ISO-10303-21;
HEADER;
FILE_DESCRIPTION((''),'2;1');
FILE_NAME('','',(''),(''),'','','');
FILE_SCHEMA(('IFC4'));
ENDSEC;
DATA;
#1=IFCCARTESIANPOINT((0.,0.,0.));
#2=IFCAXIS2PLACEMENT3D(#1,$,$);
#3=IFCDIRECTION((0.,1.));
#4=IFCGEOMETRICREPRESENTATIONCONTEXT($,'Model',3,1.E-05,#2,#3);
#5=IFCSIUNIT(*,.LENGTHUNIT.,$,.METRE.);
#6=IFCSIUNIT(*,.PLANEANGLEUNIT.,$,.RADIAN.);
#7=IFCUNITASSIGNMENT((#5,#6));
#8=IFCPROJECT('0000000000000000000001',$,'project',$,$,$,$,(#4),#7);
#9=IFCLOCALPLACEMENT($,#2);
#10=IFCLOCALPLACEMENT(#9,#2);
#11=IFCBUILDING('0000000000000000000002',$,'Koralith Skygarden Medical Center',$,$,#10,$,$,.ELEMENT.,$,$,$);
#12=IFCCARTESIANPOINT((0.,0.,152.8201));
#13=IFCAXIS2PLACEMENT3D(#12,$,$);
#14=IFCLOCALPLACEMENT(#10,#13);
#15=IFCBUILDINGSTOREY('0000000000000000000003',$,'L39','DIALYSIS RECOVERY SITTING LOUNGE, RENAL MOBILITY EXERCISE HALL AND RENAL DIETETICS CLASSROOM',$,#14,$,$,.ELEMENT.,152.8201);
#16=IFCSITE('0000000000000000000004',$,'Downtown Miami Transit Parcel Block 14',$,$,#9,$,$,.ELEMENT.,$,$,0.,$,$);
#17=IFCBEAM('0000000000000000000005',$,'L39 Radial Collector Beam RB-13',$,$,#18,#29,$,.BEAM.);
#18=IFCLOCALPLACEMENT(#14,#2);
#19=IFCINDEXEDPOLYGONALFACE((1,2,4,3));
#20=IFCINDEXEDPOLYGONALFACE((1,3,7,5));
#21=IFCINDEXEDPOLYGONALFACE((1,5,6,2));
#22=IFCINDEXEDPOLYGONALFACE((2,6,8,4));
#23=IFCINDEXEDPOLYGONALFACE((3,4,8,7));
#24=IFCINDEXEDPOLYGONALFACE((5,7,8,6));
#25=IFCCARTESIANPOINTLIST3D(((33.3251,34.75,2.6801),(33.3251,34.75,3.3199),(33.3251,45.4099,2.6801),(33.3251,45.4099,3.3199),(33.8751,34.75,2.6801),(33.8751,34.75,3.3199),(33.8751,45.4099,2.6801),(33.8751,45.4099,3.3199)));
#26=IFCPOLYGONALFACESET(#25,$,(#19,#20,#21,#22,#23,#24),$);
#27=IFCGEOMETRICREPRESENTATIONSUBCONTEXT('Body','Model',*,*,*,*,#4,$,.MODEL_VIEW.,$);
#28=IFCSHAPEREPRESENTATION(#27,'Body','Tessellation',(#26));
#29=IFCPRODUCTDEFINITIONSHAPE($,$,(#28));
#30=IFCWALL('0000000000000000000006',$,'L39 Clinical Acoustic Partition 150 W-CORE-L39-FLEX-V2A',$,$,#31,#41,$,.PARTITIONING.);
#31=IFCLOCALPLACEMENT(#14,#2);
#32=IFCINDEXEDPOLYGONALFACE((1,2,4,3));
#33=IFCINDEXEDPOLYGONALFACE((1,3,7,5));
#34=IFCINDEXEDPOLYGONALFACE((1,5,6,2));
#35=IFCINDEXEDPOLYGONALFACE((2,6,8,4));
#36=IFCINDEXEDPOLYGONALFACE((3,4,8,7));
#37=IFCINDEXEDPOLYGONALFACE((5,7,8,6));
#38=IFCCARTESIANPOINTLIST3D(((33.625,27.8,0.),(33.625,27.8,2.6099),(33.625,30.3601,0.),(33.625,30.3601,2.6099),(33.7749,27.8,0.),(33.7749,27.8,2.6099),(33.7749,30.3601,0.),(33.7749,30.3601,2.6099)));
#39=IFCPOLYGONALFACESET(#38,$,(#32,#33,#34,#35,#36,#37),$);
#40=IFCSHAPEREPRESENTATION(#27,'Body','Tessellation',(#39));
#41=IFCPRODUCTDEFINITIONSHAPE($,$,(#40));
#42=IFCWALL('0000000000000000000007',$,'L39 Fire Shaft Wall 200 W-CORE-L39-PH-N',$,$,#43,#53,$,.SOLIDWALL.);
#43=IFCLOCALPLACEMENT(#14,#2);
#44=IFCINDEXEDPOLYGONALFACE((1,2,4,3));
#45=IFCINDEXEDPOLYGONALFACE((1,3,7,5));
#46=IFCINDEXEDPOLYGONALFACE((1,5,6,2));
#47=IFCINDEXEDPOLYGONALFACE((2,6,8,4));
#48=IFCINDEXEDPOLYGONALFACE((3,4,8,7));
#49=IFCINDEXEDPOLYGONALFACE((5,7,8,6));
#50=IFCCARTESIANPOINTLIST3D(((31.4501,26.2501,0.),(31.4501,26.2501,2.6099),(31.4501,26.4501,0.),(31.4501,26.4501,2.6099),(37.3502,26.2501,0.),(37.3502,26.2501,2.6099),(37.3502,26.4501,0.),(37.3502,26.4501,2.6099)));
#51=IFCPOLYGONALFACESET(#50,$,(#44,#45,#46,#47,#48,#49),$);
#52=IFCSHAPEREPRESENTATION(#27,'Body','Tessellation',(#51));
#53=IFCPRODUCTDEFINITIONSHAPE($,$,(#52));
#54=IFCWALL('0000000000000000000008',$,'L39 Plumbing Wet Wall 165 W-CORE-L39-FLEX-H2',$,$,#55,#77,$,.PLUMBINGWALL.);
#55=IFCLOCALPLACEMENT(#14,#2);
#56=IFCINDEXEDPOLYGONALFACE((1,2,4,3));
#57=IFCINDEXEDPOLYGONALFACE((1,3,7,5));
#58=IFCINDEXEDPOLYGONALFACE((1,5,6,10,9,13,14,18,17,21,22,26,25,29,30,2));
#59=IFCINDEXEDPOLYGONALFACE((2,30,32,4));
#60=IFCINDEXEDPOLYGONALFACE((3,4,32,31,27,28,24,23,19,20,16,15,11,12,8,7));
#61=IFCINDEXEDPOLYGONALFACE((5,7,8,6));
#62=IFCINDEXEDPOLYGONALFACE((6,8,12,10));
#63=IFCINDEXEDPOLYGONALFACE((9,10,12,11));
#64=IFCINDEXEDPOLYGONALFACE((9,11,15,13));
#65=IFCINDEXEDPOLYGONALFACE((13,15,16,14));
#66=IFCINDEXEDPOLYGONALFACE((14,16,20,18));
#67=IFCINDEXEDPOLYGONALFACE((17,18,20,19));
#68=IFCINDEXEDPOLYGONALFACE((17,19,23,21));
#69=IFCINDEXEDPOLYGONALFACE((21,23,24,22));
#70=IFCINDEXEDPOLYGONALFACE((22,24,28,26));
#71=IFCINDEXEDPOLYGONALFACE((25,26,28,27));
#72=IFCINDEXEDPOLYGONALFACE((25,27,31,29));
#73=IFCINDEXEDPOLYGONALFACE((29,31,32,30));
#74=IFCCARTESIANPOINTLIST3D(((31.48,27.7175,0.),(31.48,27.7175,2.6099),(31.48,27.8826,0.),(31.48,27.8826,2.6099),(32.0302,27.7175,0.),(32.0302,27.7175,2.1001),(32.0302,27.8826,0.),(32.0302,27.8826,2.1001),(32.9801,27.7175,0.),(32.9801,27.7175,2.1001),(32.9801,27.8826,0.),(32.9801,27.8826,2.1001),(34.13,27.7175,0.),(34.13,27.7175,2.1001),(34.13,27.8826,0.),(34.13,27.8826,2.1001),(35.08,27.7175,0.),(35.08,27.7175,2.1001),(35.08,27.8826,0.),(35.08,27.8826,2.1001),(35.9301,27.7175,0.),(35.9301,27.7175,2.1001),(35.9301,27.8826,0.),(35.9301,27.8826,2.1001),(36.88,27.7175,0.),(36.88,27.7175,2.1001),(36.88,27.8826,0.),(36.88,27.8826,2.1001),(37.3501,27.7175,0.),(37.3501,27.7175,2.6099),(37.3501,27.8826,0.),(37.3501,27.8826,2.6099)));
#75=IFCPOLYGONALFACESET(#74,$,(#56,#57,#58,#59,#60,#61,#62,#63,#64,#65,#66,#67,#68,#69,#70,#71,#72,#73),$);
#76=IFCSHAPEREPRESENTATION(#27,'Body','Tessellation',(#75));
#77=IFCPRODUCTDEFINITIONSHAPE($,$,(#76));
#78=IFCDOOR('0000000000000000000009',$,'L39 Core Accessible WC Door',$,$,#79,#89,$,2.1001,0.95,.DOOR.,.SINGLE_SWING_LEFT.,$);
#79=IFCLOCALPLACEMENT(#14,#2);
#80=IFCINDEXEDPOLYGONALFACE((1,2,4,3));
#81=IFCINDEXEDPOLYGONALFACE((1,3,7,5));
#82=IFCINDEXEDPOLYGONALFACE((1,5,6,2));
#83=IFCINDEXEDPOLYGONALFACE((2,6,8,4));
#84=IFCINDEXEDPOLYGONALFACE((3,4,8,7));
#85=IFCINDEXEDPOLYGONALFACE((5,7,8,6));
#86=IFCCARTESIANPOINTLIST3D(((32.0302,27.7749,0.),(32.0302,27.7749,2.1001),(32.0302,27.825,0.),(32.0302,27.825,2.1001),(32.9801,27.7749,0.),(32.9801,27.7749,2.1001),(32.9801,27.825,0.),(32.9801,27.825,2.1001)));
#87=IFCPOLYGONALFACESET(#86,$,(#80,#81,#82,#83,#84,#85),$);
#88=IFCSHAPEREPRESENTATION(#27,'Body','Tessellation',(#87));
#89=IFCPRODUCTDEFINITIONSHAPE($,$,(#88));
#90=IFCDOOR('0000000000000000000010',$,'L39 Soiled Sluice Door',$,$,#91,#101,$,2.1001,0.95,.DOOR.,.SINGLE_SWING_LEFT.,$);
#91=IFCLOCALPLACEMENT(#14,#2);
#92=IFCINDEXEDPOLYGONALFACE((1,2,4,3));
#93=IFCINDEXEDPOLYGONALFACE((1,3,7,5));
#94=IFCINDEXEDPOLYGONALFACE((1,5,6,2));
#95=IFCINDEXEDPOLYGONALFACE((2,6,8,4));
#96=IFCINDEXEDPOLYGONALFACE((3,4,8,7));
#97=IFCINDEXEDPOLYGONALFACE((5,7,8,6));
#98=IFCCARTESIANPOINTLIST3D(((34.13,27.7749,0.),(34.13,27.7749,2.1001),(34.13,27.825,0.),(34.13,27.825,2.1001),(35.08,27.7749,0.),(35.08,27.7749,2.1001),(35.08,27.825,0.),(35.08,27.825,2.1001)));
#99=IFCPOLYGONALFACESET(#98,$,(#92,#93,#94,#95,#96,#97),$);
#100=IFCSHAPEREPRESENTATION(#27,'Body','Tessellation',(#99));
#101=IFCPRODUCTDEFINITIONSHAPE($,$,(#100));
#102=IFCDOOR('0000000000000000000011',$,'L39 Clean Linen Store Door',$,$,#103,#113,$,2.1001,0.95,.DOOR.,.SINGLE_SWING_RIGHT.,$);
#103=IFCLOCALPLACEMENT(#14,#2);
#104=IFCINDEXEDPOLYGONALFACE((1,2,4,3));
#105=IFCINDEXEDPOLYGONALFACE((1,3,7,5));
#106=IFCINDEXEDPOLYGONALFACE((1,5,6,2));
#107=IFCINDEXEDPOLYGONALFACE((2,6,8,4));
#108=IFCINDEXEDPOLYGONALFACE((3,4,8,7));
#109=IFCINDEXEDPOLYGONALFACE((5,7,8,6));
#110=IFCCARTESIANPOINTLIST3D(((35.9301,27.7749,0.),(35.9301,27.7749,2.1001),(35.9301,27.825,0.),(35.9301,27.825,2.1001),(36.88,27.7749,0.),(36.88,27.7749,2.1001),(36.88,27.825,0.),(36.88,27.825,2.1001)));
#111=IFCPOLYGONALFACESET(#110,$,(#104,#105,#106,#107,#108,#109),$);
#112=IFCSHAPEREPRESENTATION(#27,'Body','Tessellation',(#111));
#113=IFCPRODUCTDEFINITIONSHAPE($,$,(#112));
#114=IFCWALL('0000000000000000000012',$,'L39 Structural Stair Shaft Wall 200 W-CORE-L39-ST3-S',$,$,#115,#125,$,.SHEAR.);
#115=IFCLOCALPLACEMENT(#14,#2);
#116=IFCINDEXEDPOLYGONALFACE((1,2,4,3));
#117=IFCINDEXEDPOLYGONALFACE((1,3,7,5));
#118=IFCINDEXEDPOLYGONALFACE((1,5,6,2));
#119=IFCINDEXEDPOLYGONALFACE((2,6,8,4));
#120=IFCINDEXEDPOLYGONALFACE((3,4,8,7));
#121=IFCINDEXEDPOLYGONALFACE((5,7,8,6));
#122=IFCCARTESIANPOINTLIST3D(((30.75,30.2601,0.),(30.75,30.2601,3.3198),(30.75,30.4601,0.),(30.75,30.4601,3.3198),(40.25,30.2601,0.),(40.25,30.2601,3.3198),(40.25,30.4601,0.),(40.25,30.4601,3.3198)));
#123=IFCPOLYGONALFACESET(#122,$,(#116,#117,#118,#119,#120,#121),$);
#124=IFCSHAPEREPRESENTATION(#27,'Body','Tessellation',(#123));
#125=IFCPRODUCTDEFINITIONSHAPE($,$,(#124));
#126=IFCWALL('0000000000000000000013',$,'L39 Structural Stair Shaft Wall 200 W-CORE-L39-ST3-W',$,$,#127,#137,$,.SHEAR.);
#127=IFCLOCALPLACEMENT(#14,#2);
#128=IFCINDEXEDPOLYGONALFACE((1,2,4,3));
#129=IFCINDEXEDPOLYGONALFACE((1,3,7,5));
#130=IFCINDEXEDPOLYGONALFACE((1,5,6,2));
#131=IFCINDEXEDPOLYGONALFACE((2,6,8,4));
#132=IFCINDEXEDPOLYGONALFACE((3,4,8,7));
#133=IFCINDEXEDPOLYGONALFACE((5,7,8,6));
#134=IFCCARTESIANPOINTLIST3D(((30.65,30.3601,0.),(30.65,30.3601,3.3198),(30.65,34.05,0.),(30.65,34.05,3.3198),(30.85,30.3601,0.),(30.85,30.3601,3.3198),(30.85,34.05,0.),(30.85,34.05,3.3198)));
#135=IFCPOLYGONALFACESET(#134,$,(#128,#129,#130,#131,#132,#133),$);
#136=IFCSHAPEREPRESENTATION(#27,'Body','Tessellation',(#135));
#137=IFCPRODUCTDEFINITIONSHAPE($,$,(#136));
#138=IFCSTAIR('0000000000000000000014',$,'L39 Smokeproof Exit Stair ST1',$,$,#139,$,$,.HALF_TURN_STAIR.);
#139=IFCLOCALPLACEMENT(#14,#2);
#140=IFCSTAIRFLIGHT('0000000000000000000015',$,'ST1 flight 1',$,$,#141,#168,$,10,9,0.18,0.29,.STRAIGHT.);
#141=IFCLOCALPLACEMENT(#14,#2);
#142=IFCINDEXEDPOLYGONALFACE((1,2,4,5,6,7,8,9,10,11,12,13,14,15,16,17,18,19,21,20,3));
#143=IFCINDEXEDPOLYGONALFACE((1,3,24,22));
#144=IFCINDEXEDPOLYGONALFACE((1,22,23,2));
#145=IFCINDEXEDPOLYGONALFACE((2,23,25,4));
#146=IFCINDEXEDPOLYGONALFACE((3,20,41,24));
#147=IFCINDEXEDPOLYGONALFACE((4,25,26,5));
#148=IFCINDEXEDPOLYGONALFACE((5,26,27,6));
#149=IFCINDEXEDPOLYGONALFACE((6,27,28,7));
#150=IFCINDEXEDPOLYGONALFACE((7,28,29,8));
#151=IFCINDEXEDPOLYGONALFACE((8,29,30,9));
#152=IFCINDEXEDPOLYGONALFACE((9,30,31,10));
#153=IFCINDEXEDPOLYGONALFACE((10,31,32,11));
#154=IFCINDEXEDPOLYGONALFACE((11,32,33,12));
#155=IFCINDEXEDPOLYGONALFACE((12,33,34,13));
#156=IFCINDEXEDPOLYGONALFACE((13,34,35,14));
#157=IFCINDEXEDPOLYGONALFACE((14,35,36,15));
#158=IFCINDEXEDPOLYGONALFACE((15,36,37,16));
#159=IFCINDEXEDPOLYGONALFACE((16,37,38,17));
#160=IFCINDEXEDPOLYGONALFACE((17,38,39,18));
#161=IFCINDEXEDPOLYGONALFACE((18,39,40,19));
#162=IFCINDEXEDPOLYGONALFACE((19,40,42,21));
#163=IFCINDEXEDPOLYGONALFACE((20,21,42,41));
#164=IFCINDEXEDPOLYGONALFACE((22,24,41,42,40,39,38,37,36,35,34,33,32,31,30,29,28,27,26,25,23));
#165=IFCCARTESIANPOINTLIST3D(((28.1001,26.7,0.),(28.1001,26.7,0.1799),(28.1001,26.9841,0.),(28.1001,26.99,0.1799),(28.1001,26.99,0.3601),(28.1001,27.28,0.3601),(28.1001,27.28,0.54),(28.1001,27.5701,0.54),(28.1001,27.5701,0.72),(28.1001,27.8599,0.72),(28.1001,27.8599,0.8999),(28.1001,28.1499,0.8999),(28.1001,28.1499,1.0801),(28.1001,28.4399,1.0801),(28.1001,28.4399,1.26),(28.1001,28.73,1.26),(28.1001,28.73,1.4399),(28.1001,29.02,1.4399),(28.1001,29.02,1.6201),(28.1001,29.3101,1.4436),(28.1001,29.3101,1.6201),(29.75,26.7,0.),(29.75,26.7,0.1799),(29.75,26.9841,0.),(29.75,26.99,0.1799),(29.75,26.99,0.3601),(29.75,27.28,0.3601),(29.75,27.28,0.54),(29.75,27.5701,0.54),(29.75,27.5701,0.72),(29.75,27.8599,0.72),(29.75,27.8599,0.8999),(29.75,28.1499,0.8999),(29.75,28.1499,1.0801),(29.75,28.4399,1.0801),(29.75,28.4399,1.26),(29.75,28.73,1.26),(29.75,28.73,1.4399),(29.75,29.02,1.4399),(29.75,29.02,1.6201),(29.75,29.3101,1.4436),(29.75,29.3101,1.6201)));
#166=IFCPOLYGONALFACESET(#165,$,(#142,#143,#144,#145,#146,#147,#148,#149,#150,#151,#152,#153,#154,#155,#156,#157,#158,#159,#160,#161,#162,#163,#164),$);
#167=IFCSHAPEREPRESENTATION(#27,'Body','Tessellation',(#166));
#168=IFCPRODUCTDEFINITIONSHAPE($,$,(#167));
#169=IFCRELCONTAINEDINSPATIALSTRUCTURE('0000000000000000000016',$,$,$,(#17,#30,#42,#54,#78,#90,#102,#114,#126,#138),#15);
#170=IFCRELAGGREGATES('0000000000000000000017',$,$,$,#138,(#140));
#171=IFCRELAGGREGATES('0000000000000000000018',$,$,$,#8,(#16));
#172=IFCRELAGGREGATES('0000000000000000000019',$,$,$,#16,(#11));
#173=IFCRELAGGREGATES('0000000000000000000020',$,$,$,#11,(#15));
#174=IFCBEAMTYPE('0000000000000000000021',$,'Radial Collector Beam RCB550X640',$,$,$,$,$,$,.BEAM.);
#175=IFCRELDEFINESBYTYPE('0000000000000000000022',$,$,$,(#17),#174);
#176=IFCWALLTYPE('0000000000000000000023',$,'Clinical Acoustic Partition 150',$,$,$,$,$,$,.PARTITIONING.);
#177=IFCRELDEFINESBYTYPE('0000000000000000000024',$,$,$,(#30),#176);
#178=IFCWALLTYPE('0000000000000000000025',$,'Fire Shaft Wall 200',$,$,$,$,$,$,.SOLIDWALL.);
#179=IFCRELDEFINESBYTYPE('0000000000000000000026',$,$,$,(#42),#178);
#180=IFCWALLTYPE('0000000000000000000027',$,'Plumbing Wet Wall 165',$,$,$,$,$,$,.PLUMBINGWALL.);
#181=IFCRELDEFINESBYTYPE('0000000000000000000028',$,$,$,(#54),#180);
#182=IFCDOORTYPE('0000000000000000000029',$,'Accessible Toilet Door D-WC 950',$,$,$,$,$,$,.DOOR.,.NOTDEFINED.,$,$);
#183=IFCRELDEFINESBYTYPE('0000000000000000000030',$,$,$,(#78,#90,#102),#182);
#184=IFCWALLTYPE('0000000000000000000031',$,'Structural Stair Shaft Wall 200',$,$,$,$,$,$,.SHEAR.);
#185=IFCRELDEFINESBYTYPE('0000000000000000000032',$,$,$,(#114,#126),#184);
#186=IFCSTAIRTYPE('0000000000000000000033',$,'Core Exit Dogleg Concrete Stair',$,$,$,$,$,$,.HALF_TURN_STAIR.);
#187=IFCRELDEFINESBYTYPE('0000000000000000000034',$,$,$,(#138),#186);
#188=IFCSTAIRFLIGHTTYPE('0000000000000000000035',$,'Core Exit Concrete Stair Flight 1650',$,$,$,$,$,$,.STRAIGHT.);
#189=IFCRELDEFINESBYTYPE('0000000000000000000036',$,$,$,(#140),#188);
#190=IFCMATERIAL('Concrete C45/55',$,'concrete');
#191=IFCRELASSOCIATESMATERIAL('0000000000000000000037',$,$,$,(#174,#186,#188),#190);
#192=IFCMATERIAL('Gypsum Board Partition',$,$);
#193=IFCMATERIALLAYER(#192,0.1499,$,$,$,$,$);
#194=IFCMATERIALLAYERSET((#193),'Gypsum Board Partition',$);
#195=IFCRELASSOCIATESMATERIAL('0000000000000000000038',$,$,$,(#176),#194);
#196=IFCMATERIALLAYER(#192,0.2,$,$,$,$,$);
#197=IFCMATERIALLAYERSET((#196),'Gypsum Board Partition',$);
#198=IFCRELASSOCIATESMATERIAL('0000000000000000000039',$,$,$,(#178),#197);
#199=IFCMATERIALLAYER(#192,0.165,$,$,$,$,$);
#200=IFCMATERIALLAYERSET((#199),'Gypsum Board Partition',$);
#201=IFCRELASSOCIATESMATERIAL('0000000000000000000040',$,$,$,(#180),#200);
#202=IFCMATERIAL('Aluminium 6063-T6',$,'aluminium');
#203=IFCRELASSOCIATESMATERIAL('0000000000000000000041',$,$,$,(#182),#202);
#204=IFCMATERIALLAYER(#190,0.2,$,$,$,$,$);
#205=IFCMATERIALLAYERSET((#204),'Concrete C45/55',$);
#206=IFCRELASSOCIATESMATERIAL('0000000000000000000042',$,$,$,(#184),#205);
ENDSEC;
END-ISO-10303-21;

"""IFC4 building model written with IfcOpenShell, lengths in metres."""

from ifc_helpers import new_model, si_unit, direction, frame, frame_2d, origin, origin_2d, place, context, subcontext, project, spatial, polyline, rectangle, outline, extrude, material, layer, layer_set, material_profile, profile_set, type_object, element, fill, aggregate, save


model = new_model("IFC4")

# Units and contexts
model_context = context("Model", 3, precision=1e-05, world=origin(), true_north=direction((0.0, 1.0)))
body_context = subcontext(model_context, "Body", "Model", "MODEL_VIEW")
ifc_project = project(units=[si_unit("LENGTHUNIT", "METRE"), si_unit("PLANEANGLEUNIT", "RADIAN")], contexts=[model_context])

# Site, building, storey
site_placement = place(None, origin())
site = spatial("IfcSite", under=ifc_project, at=site_placement, Name="Downtown Miami Transit Parcel Block 14", CompositionType="ELEMENT", RefElevation=0.0)
building_placement = place(site_placement, origin())
building = spatial("IfcBuilding", under=site, at=building_placement, Name="Koralith Skygarden Medical Center", CompositionType="ELEMENT")
storey_placement = place(building_placement, frame((0.0, 0.0, 152.8201)))
storey = spatial("IfcBuildingStorey", under=building, at=storey_placement, Name="L39", Description="DIALYSIS RECOVERY SITTING LOUNGE, RENAL MOBILITY EXERCISE HALL AND RENAL DIETETICS CLASSROOM", CompositionType="ELEMENT", Elevation=152.8201)

# Beam
ifc_material_1 = material(Name="Concrete C45/55", Category="concrete")
ifc_material_profile = material_profile(ifc_material_1, rectangle(XDim=0.55, YDim=0.6399, at=origin_2d()), Name="RCB550X640")
ifc_profile_set = profile_set([ifc_material_profile], Name="Concrete C45/55")
beam_type = type_object("IfcBeamType", Name="Radial Collector Beam RCB550X640", PredefinedType="BEAM", material=ifc_profile_set)
beam_placement = place(storey_placement, frame((33.6001, 34.75, 3.0), z_axis=(0.0, 1.0, 0.0), x_axis=(-1.0, 0.0, 0.0)))
element("IfcBeam", 1, at=beam_placement, inside=storey, type_object=beam_type, Name="L39 Radial Collector Beam RB-13", PredefinedType="BEAM", context=body_context, shape_type="SweptSolid", body=[
    extrude(rectangle(XDim=0.55, YDim=0.6399, at=origin_2d()), origin(), (0.0, 0.0, 1.0), 10.6599),
])

# Walls
ifc_material_2 = material(Name="Gypsum Board Partition")
ifc_layer_1 = layer(ifc_material_2, 0.1499)
ifc_layer_set_1 = layer_set([ifc_layer_1], Name="Gypsum Board Partition")
wall_type_1 = type_object("IfcWallType", Name="Clinical Acoustic Partition 150", PredefinedType="PARTITIONING", material=ifc_layer_set_1)
wall_1_placement = place(storey_placement, frame((33.7, 27.8, 0.0), z_axis=(0.0, 0.0, 1.0), x_axis=(0.0, 1.0, 0.0)))
element("IfcWall", 2, at=wall_1_placement, inside=storey, type_object=wall_type_1, Name="L39 Clinical Acoustic Partition 150 W-CORE-L39-FLEX-V2A", PredefinedType="PARTITIONING", context=body_context, shape_type="SweptSolid", body=[
    extrude(rectangle(XDim=2.5601, YDim=0.1499, at=frame_2d((1.28, 0.0))), origin(), (0.0, 0.0, 1.0), 2.6099),
])
ifc_layer_2 = layer(ifc_material_2, 0.2)
ifc_layer_set_2 = layer_set([ifc_layer_2], Name="Gypsum Board Partition")
wall_type_2 = type_object("IfcWallType", Name="Fire Shaft Wall 200", PredefinedType="SOLIDWALL", material=ifc_layer_set_2)
wall_2_placement = place(storey_placement, frame((31.45, 26.3501, 0.0), z_axis=(0.0, 0.0, 1.0), x_axis=(1.0, 0.0, 0.0)))
element("IfcWall", 3, at=wall_2_placement, inside=storey, type_object=wall_type_2, Name="L39 Fire Shaft Wall 200 W-CORE-L39-PH-N", PredefinedType="SOLIDWALL", context=body_context, shape_type="SweptSolid", body=[
    extrude(rectangle(XDim=5.9001, YDim=0.2, at=frame_2d((2.9502, 0.0))), origin(), (0.0, 0.0, 1.0), 2.6099),
])

# Shared definitions
ifc_layer_3 = layer(ifc_material_2, 0.165)
ifc_layer_set_3 = layer_set([ifc_layer_3], Name="Gypsum Board Partition")
wall_type_3 = type_object("IfcWallType", Name="Plumbing Wet Wall 165", PredefinedType="PLUMBINGWALL", material=ifc_layer_set_3)
ifc_material_3 = material(Name="Aluminium 6063-T6", Category="aluminium")

# Wall, openings, doors
wall_3_placement = place(storey_placement, frame((31.48, 27.8, 0.0), z_axis=(0.0, 0.0, 1.0), x_axis=(1.0, 0.0, 0.0)))
wall_3 = element("IfcWall", 4, at=wall_3_placement, inside=storey, type_object=wall_type_3, Name="L39 Plumbing Wet Wall 165 W-CORE-L39-FLEX-H2", PredefinedType="PLUMBINGWALL", context=body_context, shape_type="SweptSolid", body=[
    extrude(rectangle(XDim=5.8701, YDim=0.165, at=frame_2d((2.9351, 0.0))), origin(), (0.0, 0.0, 1.0), 2.6099),
])
opening_1_placement = place(wall_3_placement, frame((0.55, 0.0, 0.0)))
opening_1 = element("IfcOpeningElement", 5, at=opening_1_placement, cuts=wall_3, PredefinedType="OPENING", context=body_context, shape_type="SweptSolid", body=[
    extrude(rectangle(XDim=0.95, YDim=2.1001, at=frame_2d((0.4751, 1.05))), frame((0.0, 0.0925, 0.0), z_axis=(0.0, -1.0, 0.0), x_axis=(1.0, 0.0, 0.0)), (0.0, 0.0, 1.0), 0.1851),
])
opening_2_placement = place(wall_3_placement, frame((2.6499, 0.0, 0.0)))
opening_2 = element("IfcOpeningElement", 6, at=opening_2_placement, cuts=wall_3, PredefinedType="OPENING", context=body_context, shape_type="SweptSolid", body=[
    extrude(rectangle(XDim=0.95, YDim=2.1001, at=frame_2d((0.4751, 1.05))), frame((0.0, 0.0925, 0.0), z_axis=(0.0, -1.0, 0.0), x_axis=(1.0, 0.0, 0.0)), (0.0, 0.0, 1.0), 0.1851),
])
opening_3_placement = place(wall_3_placement, frame((4.45, 0.0, 0.0)))
opening_3 = element("IfcOpeningElement", 7, at=opening_3_placement, cuts=wall_3, PredefinedType="OPENING", context=body_context, shape_type="SweptSolid", body=[
    extrude(rectangle(XDim=0.95, YDim=2.1001, at=frame_2d((0.4751, 1.05))), frame((0.0, 0.0925, 0.0), z_axis=(0.0, -1.0, 0.0), x_axis=(1.0, 0.0, 0.0)), (0.0, 0.0, 1.0), 0.1851),
])
door_type_1 = type_object("IfcDoorType", Name="Accessible Toilet Door D-WC 950", OperationType="NOTDEFINED", PredefinedType="DOOR", material=ifc_material_3)
door_1_placement = place(opening_1_placement, origin())
door_1 = element("IfcDoor", 8, at=door_1_placement, inside=storey, type_object=door_type_1, Name="L39 Core Accessible WC Door", OperationType="SINGLE_SWING_LEFT", OverallHeight=2.1001, OverallWidth=0.95, PredefinedType="DOOR", context=body_context, shape_type="SweptSolid", body=[
    extrude(rectangle(XDim=0.95, YDim=2.1001, at=frame_2d((0.4751, 1.05))), frame((0.0, 0.0249, 0.0), z_axis=(0.0, -1.0, 0.0), x_axis=(1.0, 0.0, 0.0)), (0.0, 0.0, 1.0), 0.05),
])
fill(opening_1, door_1)
door_2_placement = place(opening_2_placement, origin())
door_2 = element("IfcDoor", 9, at=door_2_placement, inside=storey, type_object=door_type_1, Name="L39 Soiled Sluice Door", OperationType="SINGLE_SWING_LEFT", OverallHeight=2.1001, OverallWidth=0.95, PredefinedType="DOOR", context=body_context, shape_type="SweptSolid", body=[
    extrude(rectangle(XDim=0.95, YDim=2.1001, at=frame_2d((0.4751, 1.05))), frame((0.0, 0.0249, 0.0), z_axis=(0.0, -1.0, 0.0), x_axis=(1.0, 0.0, 0.0)), (0.0, 0.0, 1.0), 0.05),
])
fill(opening_2, door_2)
door_3_placement = place(opening_3_placement, origin())
door_3 = element("IfcDoor", 10, at=door_3_placement, inside=storey, type_object=door_type_1, Name="L39 Clean Linen Store Door", OperationType="SINGLE_SWING_RIGHT", OverallHeight=2.1001, OverallWidth=0.95, PredefinedType="DOOR", context=body_context, shape_type="SweptSolid", body=[
    extrude(rectangle(XDim=0.95, YDim=2.1001, at=frame_2d((0.4751, 1.05))), frame((0.0, 0.0249, 0.0), z_axis=(0.0, -1.0, 0.0), x_axis=(1.0, 0.0, 0.0)), (0.0, 0.0, 1.0), 0.05),
])
fill(opening_3, door_3)

# Walls
ifc_layer_4 = layer(ifc_material_1, 0.2)
ifc_layer_set_4 = layer_set([ifc_layer_4], Name="Concrete C45/55")
wall_type_4 = type_object("IfcWallType", Name="Structural Stair Shaft Wall 200", PredefinedType="SHEAR", material=ifc_layer_set_4)
wall_4_placement = place(storey_placement, frame((30.75, 30.3601, 0.0), z_axis=(0.0, 0.0, 1.0), x_axis=(1.0, 0.0, 0.0)))
element("IfcWall", 11, at=wall_4_placement, inside=storey, type_object=wall_type_4, Name="L39 Structural Stair Shaft Wall 200 W-CORE-L39-ST3-S", PredefinedType="SHEAR", context=body_context, shape_type="SweptSolid", body=[
    extrude(rectangle(XDim=9.5, YDim=0.2, at=frame_2d((4.75, 0.0))), origin(), (0.0, 0.0, 1.0), 3.3198),
])
wall_5_placement = place(storey_placement, frame((30.75, 30.3601, 0.0), z_axis=(0.0, 0.0, 1.0), x_axis=(0.0, 1.0, 0.0)))
element("IfcWall", 12, at=wall_5_placement, inside=storey, type_object=wall_type_4, Name="L39 Structural Stair Shaft Wall 200 W-CORE-L39-ST3-W", PredefinedType="SHEAR", context=body_context, shape_type="SweptSolid", body=[
    extrude(rectangle(XDim=3.6899, YDim=0.2, at=frame_2d((1.845, 0.0))), origin(), (0.0, 0.0, 1.0), 3.3198),
])

# Stair, stair flight
stair_type = type_object("IfcStairType", Name="Core Exit Dogleg Concrete Stair", PredefinedType="HALF_TURN_STAIR", material=ifc_material_1)
stair_1_placement = place(storey_placement, origin())
stair_1 = element("IfcStair", 13, at=stair_1_placement, inside=storey, type_object=stair_type, Name="L39 Smokeproof Exit Stair ST1", PredefinedType="HALF_TURN_STAIR")
stair_flight_type = type_object("IfcStairFlightType", Name="Core Exit Concrete Stair Flight 1650", PredefinedType="STRAIGHT", material=ifc_material_1)
stair_flight_1_placement = place(storey_placement, frame((28.925, 26.7, 0.0), z_axis=(0.0, 0.0, 1.0), x_axis=(0.0, 1.0, 0.0)))
stair_flight_1 = element("IfcStairFlight", 14, at=stair_flight_1_placement, type_object=stair_flight_type, Name="ST1 flight 1", NumberOfRisers=10, NumberOfTreads=9, PredefinedType="STRAIGHT", RiserHeight=0.18, TreadLength=0.29, context=body_context, shape_type="SweptSolid", body=[
    extrude(outline(polyline([(0.0, 0.0), (0.0, 0.1799), (0.29, 0.1799), (0.29, 0.3601), (0.5801, 0.3601), (0.5801, 0.54), (0.8701, 0.54), (0.8701, 0.72), (1.1599, 0.72), (1.1599, 0.8999), (1.45, 0.8999), (1.45, 1.0801), (1.74, 1.0801), (1.74, 1.26), (2.03, 1.26), (2.03, 1.4399), (2.3201, 1.4399), (2.3201, 1.6201), (2.6101, 1.6201), (2.6101, 1.8), (2.6101, 1.4436), (0.2842, 0.0), (0.0, 0.0)])), frame((0.0, 0.825, 0.0), z_axis=(0.0, -1.0, 0.0), x_axis=(1.0, 0.0, 0.0)), (0.0, 0.0, 1.0), 1.6499),
])
aggregate(stair_1, [stair_flight_1])

save(model, "model.ifc")
